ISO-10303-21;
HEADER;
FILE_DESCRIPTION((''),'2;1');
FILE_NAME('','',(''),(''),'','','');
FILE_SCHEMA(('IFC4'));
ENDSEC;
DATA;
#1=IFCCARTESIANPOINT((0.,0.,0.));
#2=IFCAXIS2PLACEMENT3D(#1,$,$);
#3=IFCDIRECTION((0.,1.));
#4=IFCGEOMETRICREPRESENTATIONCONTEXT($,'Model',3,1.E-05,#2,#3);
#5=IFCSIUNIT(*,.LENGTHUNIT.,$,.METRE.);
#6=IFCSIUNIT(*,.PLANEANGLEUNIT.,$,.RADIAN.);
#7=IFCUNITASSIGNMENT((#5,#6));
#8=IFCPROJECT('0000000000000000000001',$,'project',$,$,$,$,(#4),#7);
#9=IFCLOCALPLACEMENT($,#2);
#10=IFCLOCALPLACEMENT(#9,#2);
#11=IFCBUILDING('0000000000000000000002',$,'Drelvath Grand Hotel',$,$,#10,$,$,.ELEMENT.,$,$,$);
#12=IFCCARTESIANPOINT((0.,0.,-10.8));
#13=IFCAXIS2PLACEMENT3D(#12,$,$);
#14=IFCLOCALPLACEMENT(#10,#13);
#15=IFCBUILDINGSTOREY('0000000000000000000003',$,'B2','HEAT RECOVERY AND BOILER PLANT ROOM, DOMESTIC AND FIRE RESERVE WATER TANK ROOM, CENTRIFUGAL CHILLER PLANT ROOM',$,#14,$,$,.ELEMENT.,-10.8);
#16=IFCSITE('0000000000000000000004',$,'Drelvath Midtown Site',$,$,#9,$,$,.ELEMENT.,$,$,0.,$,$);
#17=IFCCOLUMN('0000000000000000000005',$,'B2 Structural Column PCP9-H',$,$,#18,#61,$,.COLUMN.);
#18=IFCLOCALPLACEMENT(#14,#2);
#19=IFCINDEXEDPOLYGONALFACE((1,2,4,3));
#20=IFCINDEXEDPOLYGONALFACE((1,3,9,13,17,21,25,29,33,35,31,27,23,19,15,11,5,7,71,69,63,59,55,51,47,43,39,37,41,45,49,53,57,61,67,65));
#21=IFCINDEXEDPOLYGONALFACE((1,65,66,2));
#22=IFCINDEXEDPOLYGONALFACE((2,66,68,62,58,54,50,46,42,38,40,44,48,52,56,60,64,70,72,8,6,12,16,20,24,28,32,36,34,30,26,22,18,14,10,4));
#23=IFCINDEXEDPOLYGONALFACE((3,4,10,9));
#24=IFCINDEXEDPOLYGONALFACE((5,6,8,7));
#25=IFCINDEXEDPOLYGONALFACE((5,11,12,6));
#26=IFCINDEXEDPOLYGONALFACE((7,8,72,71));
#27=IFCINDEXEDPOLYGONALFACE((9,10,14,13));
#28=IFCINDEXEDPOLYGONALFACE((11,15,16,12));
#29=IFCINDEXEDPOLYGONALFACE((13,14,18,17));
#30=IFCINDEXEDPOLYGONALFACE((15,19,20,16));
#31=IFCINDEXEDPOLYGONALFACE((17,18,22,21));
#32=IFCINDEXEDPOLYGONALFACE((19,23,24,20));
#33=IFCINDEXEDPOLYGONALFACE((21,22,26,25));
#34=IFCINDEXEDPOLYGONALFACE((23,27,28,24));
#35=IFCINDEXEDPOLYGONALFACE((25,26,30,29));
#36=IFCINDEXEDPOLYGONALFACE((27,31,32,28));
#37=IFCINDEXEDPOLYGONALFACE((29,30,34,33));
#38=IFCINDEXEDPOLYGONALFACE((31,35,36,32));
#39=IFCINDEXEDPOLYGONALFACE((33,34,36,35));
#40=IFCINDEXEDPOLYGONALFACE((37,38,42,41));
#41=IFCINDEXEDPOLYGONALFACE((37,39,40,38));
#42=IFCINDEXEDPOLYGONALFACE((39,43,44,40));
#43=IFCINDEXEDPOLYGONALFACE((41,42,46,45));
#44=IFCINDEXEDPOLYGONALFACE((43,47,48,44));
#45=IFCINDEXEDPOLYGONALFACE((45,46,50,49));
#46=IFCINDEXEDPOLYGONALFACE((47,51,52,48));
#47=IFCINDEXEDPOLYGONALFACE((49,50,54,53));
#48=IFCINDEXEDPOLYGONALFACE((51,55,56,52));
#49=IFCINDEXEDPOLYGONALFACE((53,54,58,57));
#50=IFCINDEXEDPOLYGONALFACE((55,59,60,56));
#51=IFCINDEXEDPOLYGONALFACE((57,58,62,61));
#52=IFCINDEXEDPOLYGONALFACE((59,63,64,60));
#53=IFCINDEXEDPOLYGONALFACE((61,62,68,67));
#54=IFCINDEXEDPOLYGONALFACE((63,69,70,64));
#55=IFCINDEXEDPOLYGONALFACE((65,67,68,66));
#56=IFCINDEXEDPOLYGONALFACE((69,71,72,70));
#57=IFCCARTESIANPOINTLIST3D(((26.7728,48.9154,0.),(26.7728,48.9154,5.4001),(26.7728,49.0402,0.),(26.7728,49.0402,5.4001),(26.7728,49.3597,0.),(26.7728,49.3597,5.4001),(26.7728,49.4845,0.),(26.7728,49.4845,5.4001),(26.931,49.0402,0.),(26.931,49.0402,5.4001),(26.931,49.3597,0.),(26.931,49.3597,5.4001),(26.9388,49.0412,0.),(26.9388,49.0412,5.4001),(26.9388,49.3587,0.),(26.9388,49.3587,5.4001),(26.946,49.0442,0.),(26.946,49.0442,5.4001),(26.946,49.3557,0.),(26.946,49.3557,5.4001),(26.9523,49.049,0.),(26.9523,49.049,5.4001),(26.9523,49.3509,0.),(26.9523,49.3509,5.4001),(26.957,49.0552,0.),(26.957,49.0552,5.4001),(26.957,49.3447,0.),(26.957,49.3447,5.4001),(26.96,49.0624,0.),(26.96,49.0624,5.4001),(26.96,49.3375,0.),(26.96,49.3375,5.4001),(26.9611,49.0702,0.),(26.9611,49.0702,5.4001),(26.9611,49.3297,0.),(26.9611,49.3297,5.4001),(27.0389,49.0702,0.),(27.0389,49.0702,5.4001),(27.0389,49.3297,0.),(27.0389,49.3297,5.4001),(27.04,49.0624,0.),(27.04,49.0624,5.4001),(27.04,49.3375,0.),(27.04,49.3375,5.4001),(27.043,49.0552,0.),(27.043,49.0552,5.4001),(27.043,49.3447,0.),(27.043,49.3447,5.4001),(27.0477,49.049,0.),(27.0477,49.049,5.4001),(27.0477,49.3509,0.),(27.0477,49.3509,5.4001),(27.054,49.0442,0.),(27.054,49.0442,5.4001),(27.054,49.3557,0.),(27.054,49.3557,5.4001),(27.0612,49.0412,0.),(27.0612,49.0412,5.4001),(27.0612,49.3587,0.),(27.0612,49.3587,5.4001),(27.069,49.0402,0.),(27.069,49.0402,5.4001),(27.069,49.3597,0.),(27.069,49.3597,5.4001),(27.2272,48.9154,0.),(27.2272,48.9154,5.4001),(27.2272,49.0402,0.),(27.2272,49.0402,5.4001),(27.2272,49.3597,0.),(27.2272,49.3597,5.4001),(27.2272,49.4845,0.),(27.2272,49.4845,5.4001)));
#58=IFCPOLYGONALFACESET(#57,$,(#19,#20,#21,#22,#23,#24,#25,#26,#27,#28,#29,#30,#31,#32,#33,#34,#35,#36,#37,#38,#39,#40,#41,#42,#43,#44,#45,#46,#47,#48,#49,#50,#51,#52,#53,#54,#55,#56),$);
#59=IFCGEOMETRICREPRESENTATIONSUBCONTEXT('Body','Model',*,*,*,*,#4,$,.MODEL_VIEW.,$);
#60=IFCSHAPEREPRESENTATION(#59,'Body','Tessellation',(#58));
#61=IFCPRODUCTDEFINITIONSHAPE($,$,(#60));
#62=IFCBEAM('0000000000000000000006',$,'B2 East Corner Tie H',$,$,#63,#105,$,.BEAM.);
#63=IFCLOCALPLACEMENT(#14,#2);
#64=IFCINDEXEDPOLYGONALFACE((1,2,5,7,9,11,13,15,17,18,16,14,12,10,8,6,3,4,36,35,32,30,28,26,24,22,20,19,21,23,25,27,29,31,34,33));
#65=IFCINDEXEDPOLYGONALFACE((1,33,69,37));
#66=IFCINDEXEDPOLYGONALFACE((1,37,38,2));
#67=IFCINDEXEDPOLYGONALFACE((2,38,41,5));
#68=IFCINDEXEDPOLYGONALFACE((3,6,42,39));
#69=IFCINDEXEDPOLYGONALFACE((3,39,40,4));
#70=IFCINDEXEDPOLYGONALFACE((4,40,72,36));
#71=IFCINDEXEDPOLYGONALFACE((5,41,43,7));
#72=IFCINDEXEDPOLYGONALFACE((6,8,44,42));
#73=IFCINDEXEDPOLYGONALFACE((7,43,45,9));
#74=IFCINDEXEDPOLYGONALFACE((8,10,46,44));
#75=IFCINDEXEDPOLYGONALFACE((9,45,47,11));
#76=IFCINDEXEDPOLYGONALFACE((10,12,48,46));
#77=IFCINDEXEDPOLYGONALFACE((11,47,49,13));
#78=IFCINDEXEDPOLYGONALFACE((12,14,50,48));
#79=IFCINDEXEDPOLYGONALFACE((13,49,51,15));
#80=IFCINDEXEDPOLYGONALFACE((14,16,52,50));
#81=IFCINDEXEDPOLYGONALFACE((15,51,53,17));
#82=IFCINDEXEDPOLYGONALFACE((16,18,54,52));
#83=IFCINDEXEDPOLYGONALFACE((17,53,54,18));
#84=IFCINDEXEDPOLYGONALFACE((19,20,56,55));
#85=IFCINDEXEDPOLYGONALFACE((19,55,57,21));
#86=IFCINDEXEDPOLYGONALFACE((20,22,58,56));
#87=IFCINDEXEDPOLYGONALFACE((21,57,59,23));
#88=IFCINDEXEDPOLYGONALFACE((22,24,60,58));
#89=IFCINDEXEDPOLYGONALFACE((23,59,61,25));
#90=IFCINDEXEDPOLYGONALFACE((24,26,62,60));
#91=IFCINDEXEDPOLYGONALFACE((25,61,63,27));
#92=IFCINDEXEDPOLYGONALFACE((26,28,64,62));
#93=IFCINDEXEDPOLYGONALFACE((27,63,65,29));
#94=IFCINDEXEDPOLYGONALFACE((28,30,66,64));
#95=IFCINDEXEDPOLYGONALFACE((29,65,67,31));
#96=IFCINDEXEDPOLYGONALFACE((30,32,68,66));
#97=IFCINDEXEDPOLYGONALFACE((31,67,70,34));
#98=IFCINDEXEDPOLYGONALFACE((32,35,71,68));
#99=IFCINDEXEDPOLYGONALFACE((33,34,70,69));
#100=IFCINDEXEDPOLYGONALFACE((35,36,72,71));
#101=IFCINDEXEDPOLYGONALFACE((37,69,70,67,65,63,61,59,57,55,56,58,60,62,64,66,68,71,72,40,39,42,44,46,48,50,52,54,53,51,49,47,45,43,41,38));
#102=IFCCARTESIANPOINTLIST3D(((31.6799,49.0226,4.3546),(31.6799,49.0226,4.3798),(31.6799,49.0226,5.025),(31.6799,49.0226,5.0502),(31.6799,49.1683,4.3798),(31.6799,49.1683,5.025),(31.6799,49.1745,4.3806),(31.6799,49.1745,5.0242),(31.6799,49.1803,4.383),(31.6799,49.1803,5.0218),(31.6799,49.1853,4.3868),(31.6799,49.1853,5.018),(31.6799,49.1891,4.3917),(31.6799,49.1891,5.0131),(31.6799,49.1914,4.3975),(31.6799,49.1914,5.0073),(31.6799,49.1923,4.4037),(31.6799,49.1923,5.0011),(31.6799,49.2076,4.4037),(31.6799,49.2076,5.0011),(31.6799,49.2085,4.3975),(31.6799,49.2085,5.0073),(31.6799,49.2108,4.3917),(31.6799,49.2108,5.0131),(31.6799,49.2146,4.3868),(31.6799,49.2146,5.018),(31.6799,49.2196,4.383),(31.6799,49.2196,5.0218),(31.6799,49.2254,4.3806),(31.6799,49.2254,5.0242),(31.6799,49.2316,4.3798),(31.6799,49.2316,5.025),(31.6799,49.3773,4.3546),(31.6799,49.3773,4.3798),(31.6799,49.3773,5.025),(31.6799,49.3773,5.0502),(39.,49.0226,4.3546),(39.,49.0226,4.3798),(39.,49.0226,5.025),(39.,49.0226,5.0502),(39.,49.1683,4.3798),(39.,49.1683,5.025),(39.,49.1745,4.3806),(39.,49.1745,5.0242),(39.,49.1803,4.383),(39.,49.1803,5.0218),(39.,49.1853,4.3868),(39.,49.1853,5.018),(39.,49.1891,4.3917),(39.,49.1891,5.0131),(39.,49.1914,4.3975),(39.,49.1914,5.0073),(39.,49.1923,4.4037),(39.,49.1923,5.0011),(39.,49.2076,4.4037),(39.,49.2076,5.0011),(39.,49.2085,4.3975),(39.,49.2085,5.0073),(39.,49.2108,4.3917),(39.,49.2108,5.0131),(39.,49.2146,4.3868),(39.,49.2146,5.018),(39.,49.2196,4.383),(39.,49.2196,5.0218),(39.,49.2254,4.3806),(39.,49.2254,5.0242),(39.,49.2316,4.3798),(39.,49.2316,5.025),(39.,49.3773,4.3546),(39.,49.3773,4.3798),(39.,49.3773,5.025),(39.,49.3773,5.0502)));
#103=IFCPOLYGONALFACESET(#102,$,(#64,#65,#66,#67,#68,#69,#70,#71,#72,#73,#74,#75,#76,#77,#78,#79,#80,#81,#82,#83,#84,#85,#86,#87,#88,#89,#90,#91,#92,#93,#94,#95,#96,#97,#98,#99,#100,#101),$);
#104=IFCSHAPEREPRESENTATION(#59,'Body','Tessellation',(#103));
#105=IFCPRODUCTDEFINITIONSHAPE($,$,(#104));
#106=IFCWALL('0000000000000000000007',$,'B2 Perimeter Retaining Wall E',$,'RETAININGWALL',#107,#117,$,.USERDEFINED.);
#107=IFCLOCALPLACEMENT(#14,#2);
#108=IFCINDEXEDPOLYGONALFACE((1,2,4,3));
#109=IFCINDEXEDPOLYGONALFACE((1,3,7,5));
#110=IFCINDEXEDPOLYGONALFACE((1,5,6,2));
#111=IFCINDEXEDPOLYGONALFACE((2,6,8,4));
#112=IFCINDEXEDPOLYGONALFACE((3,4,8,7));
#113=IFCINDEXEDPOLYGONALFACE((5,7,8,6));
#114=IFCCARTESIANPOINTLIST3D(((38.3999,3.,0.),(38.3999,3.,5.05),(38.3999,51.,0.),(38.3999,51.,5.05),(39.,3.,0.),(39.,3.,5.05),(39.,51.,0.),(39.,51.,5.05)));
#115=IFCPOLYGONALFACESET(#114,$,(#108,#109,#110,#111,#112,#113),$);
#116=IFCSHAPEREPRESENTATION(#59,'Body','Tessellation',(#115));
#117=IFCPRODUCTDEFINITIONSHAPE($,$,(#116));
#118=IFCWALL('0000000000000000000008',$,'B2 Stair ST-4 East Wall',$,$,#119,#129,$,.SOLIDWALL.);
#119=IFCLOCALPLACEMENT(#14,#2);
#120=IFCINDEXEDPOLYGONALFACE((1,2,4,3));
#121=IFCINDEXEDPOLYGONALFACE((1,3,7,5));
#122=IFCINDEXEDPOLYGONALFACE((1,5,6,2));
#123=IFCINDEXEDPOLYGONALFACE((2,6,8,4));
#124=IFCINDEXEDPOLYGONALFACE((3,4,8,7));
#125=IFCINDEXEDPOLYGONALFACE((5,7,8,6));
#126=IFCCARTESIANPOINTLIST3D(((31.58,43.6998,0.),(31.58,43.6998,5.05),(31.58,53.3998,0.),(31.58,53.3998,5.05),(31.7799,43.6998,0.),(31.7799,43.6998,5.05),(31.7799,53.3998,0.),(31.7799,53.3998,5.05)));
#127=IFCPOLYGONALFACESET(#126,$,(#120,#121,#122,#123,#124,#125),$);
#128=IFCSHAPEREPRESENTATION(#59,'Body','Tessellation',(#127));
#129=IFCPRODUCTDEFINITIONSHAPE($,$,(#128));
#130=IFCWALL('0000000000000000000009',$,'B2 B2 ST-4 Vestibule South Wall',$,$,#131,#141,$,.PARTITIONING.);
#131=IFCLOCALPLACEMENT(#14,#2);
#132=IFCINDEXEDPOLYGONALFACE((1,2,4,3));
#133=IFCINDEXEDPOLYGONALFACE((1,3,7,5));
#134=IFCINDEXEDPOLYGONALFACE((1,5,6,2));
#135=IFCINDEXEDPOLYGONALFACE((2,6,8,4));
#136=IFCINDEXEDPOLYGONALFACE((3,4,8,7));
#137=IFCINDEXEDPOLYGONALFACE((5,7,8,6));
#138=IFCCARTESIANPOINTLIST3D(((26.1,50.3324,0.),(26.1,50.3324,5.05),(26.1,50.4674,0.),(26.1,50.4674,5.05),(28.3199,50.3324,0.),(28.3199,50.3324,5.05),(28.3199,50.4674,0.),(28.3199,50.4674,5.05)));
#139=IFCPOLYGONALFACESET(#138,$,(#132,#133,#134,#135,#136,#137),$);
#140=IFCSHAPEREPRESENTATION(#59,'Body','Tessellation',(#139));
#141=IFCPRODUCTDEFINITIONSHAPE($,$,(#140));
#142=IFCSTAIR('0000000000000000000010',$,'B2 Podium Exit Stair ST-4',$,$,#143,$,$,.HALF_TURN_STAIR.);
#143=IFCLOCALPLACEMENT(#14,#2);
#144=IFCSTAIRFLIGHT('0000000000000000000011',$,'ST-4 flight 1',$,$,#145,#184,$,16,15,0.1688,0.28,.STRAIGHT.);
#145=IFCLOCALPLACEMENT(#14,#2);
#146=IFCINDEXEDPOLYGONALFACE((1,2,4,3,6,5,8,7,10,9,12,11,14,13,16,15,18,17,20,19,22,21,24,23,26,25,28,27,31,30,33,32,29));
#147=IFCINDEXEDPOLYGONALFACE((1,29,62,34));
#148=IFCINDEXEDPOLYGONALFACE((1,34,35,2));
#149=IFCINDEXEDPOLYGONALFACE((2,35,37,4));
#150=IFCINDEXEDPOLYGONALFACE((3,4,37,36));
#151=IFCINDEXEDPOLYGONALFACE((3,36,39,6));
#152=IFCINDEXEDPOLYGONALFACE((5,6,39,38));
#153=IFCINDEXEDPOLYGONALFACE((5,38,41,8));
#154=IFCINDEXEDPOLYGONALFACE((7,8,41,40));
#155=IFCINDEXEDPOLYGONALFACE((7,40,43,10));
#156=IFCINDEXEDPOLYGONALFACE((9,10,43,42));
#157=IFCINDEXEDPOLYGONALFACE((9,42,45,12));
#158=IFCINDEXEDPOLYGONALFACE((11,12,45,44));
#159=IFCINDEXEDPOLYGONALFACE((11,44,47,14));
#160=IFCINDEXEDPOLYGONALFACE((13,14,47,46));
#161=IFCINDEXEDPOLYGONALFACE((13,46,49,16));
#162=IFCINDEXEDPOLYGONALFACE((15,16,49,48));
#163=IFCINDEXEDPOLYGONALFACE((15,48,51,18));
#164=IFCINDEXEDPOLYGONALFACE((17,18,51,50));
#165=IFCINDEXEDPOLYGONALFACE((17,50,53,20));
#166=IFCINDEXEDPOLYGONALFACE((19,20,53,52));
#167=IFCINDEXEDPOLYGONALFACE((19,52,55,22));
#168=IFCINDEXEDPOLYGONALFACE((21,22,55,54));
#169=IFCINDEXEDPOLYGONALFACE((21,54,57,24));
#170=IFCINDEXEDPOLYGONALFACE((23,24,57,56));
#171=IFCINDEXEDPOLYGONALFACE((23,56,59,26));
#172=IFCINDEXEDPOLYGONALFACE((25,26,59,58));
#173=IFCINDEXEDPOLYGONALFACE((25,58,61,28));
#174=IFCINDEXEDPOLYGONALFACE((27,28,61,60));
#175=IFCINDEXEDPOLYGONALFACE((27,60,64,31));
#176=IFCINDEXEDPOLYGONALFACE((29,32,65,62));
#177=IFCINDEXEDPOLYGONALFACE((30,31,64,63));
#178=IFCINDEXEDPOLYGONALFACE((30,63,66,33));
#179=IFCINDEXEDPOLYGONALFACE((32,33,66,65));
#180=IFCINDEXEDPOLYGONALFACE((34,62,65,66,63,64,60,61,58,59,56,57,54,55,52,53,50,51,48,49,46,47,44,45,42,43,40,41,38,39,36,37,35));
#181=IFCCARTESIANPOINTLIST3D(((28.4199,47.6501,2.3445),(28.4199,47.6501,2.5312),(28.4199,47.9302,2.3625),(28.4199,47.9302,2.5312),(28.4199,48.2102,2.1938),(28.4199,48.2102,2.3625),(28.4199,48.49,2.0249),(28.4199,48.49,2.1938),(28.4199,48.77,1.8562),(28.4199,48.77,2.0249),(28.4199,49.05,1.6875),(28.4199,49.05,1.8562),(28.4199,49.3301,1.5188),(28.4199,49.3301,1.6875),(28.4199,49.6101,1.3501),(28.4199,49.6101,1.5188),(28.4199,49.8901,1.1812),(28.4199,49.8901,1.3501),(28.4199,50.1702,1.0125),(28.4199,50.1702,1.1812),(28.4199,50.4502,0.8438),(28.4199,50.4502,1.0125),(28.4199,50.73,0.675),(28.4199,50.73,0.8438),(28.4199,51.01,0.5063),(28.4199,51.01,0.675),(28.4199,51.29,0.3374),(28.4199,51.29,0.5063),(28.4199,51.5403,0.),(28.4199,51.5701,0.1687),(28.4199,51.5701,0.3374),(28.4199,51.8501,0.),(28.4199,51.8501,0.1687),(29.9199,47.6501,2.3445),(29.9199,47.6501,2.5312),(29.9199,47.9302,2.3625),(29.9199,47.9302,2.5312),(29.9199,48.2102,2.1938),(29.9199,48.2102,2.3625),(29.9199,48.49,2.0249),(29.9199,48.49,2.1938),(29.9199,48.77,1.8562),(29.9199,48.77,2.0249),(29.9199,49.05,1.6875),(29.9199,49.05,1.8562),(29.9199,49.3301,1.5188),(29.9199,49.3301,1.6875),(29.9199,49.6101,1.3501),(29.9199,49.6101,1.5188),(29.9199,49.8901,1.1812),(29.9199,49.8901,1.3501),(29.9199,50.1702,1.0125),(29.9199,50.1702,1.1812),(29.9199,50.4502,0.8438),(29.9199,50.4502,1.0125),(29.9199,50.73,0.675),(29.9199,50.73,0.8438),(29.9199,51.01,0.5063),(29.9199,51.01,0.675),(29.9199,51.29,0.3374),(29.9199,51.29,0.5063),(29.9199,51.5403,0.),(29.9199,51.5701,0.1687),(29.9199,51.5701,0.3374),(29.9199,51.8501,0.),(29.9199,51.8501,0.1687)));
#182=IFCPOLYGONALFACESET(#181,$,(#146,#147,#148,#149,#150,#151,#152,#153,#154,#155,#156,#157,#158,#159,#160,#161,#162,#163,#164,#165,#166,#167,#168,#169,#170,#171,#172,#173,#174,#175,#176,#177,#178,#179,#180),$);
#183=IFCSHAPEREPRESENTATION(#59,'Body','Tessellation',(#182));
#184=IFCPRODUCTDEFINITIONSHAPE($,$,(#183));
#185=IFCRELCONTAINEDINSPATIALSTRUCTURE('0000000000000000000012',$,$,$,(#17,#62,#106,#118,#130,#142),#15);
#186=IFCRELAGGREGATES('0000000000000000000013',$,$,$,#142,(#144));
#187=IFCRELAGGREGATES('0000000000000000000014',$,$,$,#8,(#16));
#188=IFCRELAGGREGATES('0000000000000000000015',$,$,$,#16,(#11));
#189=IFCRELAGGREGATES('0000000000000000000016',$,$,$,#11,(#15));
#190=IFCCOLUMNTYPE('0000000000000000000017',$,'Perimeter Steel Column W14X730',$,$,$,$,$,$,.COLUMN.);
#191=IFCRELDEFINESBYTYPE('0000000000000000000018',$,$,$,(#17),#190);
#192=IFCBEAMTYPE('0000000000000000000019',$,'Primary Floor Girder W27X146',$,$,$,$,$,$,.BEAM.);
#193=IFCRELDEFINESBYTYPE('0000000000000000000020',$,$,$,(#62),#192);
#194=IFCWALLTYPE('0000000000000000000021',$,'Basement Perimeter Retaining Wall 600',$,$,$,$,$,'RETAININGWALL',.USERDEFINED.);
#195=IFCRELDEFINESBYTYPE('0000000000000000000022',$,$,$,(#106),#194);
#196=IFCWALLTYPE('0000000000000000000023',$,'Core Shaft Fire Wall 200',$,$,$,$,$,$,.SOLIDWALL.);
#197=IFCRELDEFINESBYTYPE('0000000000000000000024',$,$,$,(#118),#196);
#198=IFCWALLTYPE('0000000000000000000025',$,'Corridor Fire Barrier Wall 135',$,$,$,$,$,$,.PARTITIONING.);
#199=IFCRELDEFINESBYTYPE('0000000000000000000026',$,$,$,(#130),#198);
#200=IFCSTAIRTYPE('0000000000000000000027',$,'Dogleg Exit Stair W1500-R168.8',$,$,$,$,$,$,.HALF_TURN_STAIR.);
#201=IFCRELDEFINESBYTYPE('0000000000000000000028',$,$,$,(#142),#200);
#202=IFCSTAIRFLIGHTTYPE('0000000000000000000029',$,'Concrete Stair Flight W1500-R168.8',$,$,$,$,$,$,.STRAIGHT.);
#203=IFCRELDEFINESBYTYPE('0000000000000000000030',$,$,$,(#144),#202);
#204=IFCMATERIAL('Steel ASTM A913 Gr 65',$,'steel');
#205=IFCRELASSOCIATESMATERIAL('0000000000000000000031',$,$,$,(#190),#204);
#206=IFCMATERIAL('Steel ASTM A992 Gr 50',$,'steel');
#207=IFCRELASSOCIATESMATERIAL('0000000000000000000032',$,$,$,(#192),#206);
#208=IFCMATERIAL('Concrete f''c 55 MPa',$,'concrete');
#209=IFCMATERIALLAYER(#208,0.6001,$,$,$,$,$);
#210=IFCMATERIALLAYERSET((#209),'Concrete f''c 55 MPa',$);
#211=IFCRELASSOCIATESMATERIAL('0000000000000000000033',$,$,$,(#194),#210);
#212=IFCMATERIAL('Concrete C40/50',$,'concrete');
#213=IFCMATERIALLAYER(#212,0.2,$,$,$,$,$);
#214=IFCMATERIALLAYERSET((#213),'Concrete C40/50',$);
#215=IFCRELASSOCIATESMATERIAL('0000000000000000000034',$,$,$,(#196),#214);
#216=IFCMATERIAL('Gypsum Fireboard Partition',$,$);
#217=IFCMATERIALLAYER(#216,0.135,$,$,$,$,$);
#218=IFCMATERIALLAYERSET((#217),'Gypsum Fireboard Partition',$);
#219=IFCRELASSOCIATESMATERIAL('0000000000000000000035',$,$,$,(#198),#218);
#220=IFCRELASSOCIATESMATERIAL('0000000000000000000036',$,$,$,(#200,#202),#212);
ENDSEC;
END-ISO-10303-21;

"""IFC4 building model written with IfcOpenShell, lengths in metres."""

from ifc_helpers import new_model, si_unit, direction, frame, frame_2d, origin, origin_2d, place, context, subcontext, project, spatial, polyline, rectangle, i_section, outline, extrude, material, layer, layer_set, material_profile, profile_set, type_object, element, aggregate, save


model = new_model("IFC4")

# Units and contexts
model_context = context("Model", 3, precision=1e-05, world=origin(), true_north=direction((0.0, 1.0)))
body_context = subcontext(model_context, "Body", "Model", "MODEL_VIEW")
ifc_project = project(units=[si_unit("LENGTHUNIT", "METRE"), si_unit("PLANEANGLEUNIT", "RADIAN")], contexts=[model_context])

# Site, building, storey
site_placement = place(None, origin())
site = spatial("IfcSite", under=ifc_project, at=site_placement, Name="Drelvath Midtown Site", CompositionType="ELEMENT", RefElevation=0.0)
building_placement = place(site_placement, origin())
building = spatial("IfcBuilding", under=site, at=building_placement, Name="Drelvath Grand Hotel", CompositionType="ELEMENT")
storey_placement = place(building_placement, frame((0.0, 0.0, -10.8)))
storey = spatial("IfcBuildingStorey", under=building, at=storey_placement, Name="B2", Description="HEAT RECOVERY AND BOILER PLANT ROOM, DOMESTIC AND FIRE RESERVE WATER TANK ROOM, CENTRIFUGAL CHILLER PLANT ROOM", CompositionType="ELEMENT", Elevation=-10.8)

# Shared definitions
ifc_material_1 = material(Name="Concrete f'c 55 MPa", Category="concrete")

# Column
ifc_material_2 = material(Name="Steel ASTM A913 Gr 65", Category="steel")
ifc_material_profile_1 = material_profile(ifc_material_2, i_section(OverallWidth=0.4543, OverallDepth=0.5691, WebThickness=0.0779, FlangeThickness=0.1248, FilletRadius=0.03, at=origin_2d()), Name="W14X730")
ifc_profile_set_1 = profile_set([ifc_material_profile_1], Name="Steel ASTM A913 Gr 65")
column_type_1 = type_object("IfcColumnType", Name="Perimeter Steel Column W14X730", PredefinedType="COLUMN", material=ifc_profile_set_1)
column_placement = place(storey_placement, frame((27.0, 49.2, 0.0), z_axis=(0.0, 0.0, 1.0), x_axis=(1.0, 0.0, 0.0)))
element("IfcColumn", 1, at=column_placement, inside=storey, type_object=column_type_1, Name="B2 Structural Column PCP9-H", PredefinedType="COLUMN", context=body_context, shape_type="SweptSolid", body=[
    extrude(i_section(OverallWidth=0.4543, OverallDepth=0.5691, WebThickness=0.0779, FlangeThickness=0.1248, FilletRadius=0.03, at=origin_2d()), origin(), (0.0, 0.0, 1.0), 5.4001),
])

# Beam
ifc_material_3 = material(Name="Steel ASTM A992 Gr 50", Category="steel")
ifc_material_profile_2 = material_profile(ifc_material_3, i_section(OverallWidth=0.3547, OverallDepth=0.6956, WebThickness=0.0154, FlangeThickness=0.0251, FilletRadius=0.0239, at=origin_2d()), Name="W27X146")
ifc_profile_set_2 = profile_set([ifc_material_profile_2], Name="Steel ASTM A992 Gr 50")
beam_type = type_object("IfcBeamType", Name="Primary Floor Girder W27X146", PredefinedType="BEAM", material=ifc_profile_set_2)
beam_placement = place(storey_placement, frame((31.6799, 49.2, 4.7024), z_axis=(1.0, 0.0, 0.0), x_axis=(0.0, 1.0, 0.0)))
element("IfcBeam", 2, at=beam_placement, inside=storey, type_object=beam_type, Name="B2 East Corner Tie H", PredefinedType="BEAM", context=body_context, shape_type="SweptSolid", body=[
    extrude(i_section(OverallWidth=0.3547, OverallDepth=0.6956, WebThickness=0.0154, FlangeThickness=0.0251, FilletRadius=0.0239, at=origin_2d()), origin(), (0.0, 0.0, 1.0), 7.3201),
])

# Walls
ifc_layer_1 = layer(ifc_material_1, 0.6001)
ifc_layer_set_1 = layer_set([ifc_layer_1], Name="Concrete f'c 55 MPa")
wall_type_1 = type_object("IfcWallType", Name="Basement Perimeter Retaining Wall 600", ElementType="RETAININGWALL", PredefinedType="USERDEFINED", material=ifc_layer_set_1)
wall_1_placement = place(storey_placement, frame((38.7, 51.0, 0.0), z_axis=(0.0, 0.0, 1.0), x_axis=(0.0, -1.0, 0.0)))
element("IfcWall", 3, at=wall_1_placement, inside=storey, type_object=wall_type_1, Name="B2 Perimeter Retaining Wall E", ObjectType="RETAININGWALL", PredefinedType="USERDEFINED", context=body_context, shape_type="SweptSolid", body=[
    extrude(rectangle(XDim=48.0, YDim=0.6001, at=frame_2d((24.0, 0.0))), origin(), (0.0, 0.0, 1.0), 5.05),
])
ifc_material_4 = material(Name="Concrete C40/50", Category="concrete")
ifc_layer_2 = layer(ifc_material_4, 0.2)
ifc_layer_set_2 = layer_set([ifc_layer_2], Name="Concrete C40/50")
wall_type_2 = type_object("IfcWallType", Name="Core Shaft Fire Wall 200", PredefinedType="SOLIDWALL", material=ifc_layer_set_2)
wall_2_placement = place(storey_placement, frame((31.6799, 53.3999, 0.0), z_axis=(0.0, 0.0, 1.0), x_axis=(0.0, -1.0, 0.0)))
element("IfcWall", 4, at=wall_2_placement, inside=storey, type_object=wall_type_2, Name="B2 Stair ST-4 East Wall", PredefinedType="SOLIDWALL", context=body_context, shape_type="SweptSolid", body=[
    extrude(rectangle(XDim=9.7, YDim=0.2, at=frame_2d((4.8501, 0.0))), origin(), (0.0, 0.0, 1.0), 5.05),
])
ifc_material_5 = material(Name="Gypsum Fireboard Partition")
ifc_layer_3 = layer(ifc_material_5, 0.135)
ifc_layer_set_3 = layer_set([ifc_layer_3], Name="Gypsum Fireboard Partition")
wall_type_3 = type_object("IfcWallType", Name="Corridor Fire Barrier Wall 135", PredefinedType="PARTITIONING", material=ifc_layer_set_3)
wall_3_placement = place(storey_placement, frame((26.1001, 50.3999, 0.0), z_axis=(0.0, 0.0, 1.0), x_axis=(1.0, 0.0, 0.0)))
element("IfcWall", 5, at=wall_3_placement, inside=storey, type_object=wall_type_3, Name="B2 B2 ST-4 Vestibule South Wall", PredefinedType="PARTITIONING", context=body_context, shape_type="SweptSolid", body=[
    extrude(rectangle(XDim=2.22, YDim=0.135, at=frame_2d((1.1099, 0.0))), origin(), (0.0, 0.0, 1.0), 5.05),
])

# Stair, stair flight
stair_type = type_object("IfcStairType", Name="Dogleg Exit Stair W1500-R168.8", PredefinedType="HALF_TURN_STAIR", material=ifc_material_4)
stair_placement = place(storey_placement, origin())
stair = element("IfcStair", 6, at=stair_placement, inside=storey, type_object=stair_type, Name="B2 Podium Exit Stair ST-4", PredefinedType="HALF_TURN_STAIR")
stair_flight_type = type_object("IfcStairFlightType", Name="Concrete Stair Flight W1500-R168.8", PredefinedType="STRAIGHT", material=ifc_material_4)
stair_flight_1_placement = place(storey_placement, frame((29.1699, 51.8501, 0.0), z_axis=(0.0, 0.0, 1.0), x_axis=(0.0, -1.0, 0.0)))
stair_flight_1 = element("IfcStairFlight", 7, at=stair_flight_1_placement, type_object=stair_flight_type, Name="ST-4 flight 1", NumberOfRisers=16, NumberOfTreads=15, PredefinedType="STRAIGHT", RiserHeight=0.1688, TreadLength=0.28, context=body_context, shape_type="SweptSolid", body=[
    extrude(outline(polyline([(0.0, 0.0), (0.0, 0.1687), (0.28, 0.1687), (0.28, 0.3374), (0.5601, 0.3374), (0.5601, 0.5063), (0.8401, 0.5063), (0.8401, 0.675), (1.1201, 0.675), (1.1201, 0.8438), (1.3999, 0.8438), (1.3999, 1.0125), (1.6799, 1.0125), (1.6799, 1.1812), (1.96, 1.1812), (1.96, 1.3501), (2.24, 1.3501), (2.24, 1.5188), (2.52, 1.5188), (2.52, 1.6875), (2.8, 1.6875), (2.8, 1.8562), (3.0801, 1.8562), (3.0801, 2.0249), (3.3601, 2.0249), (3.3601, 2.1938), (3.6399, 2.1938), (3.6399, 2.3625), (3.9199, 2.3625), (3.9199, 2.5312), (4.2, 2.5312), (4.2, 2.7), (4.2, 2.3445), (0.3098, 0.0), (0.0, 0.0)])), frame((0.0, 0.75, 0.0), z_axis=(0.0, -1.0, 0.0), x_axis=(1.0, 0.0, 0.0)), (0.0, 0.0, 1.0), 1.5),
])
aggregate(stair, [stair_flight_1])

save(model, "model.ifc")
